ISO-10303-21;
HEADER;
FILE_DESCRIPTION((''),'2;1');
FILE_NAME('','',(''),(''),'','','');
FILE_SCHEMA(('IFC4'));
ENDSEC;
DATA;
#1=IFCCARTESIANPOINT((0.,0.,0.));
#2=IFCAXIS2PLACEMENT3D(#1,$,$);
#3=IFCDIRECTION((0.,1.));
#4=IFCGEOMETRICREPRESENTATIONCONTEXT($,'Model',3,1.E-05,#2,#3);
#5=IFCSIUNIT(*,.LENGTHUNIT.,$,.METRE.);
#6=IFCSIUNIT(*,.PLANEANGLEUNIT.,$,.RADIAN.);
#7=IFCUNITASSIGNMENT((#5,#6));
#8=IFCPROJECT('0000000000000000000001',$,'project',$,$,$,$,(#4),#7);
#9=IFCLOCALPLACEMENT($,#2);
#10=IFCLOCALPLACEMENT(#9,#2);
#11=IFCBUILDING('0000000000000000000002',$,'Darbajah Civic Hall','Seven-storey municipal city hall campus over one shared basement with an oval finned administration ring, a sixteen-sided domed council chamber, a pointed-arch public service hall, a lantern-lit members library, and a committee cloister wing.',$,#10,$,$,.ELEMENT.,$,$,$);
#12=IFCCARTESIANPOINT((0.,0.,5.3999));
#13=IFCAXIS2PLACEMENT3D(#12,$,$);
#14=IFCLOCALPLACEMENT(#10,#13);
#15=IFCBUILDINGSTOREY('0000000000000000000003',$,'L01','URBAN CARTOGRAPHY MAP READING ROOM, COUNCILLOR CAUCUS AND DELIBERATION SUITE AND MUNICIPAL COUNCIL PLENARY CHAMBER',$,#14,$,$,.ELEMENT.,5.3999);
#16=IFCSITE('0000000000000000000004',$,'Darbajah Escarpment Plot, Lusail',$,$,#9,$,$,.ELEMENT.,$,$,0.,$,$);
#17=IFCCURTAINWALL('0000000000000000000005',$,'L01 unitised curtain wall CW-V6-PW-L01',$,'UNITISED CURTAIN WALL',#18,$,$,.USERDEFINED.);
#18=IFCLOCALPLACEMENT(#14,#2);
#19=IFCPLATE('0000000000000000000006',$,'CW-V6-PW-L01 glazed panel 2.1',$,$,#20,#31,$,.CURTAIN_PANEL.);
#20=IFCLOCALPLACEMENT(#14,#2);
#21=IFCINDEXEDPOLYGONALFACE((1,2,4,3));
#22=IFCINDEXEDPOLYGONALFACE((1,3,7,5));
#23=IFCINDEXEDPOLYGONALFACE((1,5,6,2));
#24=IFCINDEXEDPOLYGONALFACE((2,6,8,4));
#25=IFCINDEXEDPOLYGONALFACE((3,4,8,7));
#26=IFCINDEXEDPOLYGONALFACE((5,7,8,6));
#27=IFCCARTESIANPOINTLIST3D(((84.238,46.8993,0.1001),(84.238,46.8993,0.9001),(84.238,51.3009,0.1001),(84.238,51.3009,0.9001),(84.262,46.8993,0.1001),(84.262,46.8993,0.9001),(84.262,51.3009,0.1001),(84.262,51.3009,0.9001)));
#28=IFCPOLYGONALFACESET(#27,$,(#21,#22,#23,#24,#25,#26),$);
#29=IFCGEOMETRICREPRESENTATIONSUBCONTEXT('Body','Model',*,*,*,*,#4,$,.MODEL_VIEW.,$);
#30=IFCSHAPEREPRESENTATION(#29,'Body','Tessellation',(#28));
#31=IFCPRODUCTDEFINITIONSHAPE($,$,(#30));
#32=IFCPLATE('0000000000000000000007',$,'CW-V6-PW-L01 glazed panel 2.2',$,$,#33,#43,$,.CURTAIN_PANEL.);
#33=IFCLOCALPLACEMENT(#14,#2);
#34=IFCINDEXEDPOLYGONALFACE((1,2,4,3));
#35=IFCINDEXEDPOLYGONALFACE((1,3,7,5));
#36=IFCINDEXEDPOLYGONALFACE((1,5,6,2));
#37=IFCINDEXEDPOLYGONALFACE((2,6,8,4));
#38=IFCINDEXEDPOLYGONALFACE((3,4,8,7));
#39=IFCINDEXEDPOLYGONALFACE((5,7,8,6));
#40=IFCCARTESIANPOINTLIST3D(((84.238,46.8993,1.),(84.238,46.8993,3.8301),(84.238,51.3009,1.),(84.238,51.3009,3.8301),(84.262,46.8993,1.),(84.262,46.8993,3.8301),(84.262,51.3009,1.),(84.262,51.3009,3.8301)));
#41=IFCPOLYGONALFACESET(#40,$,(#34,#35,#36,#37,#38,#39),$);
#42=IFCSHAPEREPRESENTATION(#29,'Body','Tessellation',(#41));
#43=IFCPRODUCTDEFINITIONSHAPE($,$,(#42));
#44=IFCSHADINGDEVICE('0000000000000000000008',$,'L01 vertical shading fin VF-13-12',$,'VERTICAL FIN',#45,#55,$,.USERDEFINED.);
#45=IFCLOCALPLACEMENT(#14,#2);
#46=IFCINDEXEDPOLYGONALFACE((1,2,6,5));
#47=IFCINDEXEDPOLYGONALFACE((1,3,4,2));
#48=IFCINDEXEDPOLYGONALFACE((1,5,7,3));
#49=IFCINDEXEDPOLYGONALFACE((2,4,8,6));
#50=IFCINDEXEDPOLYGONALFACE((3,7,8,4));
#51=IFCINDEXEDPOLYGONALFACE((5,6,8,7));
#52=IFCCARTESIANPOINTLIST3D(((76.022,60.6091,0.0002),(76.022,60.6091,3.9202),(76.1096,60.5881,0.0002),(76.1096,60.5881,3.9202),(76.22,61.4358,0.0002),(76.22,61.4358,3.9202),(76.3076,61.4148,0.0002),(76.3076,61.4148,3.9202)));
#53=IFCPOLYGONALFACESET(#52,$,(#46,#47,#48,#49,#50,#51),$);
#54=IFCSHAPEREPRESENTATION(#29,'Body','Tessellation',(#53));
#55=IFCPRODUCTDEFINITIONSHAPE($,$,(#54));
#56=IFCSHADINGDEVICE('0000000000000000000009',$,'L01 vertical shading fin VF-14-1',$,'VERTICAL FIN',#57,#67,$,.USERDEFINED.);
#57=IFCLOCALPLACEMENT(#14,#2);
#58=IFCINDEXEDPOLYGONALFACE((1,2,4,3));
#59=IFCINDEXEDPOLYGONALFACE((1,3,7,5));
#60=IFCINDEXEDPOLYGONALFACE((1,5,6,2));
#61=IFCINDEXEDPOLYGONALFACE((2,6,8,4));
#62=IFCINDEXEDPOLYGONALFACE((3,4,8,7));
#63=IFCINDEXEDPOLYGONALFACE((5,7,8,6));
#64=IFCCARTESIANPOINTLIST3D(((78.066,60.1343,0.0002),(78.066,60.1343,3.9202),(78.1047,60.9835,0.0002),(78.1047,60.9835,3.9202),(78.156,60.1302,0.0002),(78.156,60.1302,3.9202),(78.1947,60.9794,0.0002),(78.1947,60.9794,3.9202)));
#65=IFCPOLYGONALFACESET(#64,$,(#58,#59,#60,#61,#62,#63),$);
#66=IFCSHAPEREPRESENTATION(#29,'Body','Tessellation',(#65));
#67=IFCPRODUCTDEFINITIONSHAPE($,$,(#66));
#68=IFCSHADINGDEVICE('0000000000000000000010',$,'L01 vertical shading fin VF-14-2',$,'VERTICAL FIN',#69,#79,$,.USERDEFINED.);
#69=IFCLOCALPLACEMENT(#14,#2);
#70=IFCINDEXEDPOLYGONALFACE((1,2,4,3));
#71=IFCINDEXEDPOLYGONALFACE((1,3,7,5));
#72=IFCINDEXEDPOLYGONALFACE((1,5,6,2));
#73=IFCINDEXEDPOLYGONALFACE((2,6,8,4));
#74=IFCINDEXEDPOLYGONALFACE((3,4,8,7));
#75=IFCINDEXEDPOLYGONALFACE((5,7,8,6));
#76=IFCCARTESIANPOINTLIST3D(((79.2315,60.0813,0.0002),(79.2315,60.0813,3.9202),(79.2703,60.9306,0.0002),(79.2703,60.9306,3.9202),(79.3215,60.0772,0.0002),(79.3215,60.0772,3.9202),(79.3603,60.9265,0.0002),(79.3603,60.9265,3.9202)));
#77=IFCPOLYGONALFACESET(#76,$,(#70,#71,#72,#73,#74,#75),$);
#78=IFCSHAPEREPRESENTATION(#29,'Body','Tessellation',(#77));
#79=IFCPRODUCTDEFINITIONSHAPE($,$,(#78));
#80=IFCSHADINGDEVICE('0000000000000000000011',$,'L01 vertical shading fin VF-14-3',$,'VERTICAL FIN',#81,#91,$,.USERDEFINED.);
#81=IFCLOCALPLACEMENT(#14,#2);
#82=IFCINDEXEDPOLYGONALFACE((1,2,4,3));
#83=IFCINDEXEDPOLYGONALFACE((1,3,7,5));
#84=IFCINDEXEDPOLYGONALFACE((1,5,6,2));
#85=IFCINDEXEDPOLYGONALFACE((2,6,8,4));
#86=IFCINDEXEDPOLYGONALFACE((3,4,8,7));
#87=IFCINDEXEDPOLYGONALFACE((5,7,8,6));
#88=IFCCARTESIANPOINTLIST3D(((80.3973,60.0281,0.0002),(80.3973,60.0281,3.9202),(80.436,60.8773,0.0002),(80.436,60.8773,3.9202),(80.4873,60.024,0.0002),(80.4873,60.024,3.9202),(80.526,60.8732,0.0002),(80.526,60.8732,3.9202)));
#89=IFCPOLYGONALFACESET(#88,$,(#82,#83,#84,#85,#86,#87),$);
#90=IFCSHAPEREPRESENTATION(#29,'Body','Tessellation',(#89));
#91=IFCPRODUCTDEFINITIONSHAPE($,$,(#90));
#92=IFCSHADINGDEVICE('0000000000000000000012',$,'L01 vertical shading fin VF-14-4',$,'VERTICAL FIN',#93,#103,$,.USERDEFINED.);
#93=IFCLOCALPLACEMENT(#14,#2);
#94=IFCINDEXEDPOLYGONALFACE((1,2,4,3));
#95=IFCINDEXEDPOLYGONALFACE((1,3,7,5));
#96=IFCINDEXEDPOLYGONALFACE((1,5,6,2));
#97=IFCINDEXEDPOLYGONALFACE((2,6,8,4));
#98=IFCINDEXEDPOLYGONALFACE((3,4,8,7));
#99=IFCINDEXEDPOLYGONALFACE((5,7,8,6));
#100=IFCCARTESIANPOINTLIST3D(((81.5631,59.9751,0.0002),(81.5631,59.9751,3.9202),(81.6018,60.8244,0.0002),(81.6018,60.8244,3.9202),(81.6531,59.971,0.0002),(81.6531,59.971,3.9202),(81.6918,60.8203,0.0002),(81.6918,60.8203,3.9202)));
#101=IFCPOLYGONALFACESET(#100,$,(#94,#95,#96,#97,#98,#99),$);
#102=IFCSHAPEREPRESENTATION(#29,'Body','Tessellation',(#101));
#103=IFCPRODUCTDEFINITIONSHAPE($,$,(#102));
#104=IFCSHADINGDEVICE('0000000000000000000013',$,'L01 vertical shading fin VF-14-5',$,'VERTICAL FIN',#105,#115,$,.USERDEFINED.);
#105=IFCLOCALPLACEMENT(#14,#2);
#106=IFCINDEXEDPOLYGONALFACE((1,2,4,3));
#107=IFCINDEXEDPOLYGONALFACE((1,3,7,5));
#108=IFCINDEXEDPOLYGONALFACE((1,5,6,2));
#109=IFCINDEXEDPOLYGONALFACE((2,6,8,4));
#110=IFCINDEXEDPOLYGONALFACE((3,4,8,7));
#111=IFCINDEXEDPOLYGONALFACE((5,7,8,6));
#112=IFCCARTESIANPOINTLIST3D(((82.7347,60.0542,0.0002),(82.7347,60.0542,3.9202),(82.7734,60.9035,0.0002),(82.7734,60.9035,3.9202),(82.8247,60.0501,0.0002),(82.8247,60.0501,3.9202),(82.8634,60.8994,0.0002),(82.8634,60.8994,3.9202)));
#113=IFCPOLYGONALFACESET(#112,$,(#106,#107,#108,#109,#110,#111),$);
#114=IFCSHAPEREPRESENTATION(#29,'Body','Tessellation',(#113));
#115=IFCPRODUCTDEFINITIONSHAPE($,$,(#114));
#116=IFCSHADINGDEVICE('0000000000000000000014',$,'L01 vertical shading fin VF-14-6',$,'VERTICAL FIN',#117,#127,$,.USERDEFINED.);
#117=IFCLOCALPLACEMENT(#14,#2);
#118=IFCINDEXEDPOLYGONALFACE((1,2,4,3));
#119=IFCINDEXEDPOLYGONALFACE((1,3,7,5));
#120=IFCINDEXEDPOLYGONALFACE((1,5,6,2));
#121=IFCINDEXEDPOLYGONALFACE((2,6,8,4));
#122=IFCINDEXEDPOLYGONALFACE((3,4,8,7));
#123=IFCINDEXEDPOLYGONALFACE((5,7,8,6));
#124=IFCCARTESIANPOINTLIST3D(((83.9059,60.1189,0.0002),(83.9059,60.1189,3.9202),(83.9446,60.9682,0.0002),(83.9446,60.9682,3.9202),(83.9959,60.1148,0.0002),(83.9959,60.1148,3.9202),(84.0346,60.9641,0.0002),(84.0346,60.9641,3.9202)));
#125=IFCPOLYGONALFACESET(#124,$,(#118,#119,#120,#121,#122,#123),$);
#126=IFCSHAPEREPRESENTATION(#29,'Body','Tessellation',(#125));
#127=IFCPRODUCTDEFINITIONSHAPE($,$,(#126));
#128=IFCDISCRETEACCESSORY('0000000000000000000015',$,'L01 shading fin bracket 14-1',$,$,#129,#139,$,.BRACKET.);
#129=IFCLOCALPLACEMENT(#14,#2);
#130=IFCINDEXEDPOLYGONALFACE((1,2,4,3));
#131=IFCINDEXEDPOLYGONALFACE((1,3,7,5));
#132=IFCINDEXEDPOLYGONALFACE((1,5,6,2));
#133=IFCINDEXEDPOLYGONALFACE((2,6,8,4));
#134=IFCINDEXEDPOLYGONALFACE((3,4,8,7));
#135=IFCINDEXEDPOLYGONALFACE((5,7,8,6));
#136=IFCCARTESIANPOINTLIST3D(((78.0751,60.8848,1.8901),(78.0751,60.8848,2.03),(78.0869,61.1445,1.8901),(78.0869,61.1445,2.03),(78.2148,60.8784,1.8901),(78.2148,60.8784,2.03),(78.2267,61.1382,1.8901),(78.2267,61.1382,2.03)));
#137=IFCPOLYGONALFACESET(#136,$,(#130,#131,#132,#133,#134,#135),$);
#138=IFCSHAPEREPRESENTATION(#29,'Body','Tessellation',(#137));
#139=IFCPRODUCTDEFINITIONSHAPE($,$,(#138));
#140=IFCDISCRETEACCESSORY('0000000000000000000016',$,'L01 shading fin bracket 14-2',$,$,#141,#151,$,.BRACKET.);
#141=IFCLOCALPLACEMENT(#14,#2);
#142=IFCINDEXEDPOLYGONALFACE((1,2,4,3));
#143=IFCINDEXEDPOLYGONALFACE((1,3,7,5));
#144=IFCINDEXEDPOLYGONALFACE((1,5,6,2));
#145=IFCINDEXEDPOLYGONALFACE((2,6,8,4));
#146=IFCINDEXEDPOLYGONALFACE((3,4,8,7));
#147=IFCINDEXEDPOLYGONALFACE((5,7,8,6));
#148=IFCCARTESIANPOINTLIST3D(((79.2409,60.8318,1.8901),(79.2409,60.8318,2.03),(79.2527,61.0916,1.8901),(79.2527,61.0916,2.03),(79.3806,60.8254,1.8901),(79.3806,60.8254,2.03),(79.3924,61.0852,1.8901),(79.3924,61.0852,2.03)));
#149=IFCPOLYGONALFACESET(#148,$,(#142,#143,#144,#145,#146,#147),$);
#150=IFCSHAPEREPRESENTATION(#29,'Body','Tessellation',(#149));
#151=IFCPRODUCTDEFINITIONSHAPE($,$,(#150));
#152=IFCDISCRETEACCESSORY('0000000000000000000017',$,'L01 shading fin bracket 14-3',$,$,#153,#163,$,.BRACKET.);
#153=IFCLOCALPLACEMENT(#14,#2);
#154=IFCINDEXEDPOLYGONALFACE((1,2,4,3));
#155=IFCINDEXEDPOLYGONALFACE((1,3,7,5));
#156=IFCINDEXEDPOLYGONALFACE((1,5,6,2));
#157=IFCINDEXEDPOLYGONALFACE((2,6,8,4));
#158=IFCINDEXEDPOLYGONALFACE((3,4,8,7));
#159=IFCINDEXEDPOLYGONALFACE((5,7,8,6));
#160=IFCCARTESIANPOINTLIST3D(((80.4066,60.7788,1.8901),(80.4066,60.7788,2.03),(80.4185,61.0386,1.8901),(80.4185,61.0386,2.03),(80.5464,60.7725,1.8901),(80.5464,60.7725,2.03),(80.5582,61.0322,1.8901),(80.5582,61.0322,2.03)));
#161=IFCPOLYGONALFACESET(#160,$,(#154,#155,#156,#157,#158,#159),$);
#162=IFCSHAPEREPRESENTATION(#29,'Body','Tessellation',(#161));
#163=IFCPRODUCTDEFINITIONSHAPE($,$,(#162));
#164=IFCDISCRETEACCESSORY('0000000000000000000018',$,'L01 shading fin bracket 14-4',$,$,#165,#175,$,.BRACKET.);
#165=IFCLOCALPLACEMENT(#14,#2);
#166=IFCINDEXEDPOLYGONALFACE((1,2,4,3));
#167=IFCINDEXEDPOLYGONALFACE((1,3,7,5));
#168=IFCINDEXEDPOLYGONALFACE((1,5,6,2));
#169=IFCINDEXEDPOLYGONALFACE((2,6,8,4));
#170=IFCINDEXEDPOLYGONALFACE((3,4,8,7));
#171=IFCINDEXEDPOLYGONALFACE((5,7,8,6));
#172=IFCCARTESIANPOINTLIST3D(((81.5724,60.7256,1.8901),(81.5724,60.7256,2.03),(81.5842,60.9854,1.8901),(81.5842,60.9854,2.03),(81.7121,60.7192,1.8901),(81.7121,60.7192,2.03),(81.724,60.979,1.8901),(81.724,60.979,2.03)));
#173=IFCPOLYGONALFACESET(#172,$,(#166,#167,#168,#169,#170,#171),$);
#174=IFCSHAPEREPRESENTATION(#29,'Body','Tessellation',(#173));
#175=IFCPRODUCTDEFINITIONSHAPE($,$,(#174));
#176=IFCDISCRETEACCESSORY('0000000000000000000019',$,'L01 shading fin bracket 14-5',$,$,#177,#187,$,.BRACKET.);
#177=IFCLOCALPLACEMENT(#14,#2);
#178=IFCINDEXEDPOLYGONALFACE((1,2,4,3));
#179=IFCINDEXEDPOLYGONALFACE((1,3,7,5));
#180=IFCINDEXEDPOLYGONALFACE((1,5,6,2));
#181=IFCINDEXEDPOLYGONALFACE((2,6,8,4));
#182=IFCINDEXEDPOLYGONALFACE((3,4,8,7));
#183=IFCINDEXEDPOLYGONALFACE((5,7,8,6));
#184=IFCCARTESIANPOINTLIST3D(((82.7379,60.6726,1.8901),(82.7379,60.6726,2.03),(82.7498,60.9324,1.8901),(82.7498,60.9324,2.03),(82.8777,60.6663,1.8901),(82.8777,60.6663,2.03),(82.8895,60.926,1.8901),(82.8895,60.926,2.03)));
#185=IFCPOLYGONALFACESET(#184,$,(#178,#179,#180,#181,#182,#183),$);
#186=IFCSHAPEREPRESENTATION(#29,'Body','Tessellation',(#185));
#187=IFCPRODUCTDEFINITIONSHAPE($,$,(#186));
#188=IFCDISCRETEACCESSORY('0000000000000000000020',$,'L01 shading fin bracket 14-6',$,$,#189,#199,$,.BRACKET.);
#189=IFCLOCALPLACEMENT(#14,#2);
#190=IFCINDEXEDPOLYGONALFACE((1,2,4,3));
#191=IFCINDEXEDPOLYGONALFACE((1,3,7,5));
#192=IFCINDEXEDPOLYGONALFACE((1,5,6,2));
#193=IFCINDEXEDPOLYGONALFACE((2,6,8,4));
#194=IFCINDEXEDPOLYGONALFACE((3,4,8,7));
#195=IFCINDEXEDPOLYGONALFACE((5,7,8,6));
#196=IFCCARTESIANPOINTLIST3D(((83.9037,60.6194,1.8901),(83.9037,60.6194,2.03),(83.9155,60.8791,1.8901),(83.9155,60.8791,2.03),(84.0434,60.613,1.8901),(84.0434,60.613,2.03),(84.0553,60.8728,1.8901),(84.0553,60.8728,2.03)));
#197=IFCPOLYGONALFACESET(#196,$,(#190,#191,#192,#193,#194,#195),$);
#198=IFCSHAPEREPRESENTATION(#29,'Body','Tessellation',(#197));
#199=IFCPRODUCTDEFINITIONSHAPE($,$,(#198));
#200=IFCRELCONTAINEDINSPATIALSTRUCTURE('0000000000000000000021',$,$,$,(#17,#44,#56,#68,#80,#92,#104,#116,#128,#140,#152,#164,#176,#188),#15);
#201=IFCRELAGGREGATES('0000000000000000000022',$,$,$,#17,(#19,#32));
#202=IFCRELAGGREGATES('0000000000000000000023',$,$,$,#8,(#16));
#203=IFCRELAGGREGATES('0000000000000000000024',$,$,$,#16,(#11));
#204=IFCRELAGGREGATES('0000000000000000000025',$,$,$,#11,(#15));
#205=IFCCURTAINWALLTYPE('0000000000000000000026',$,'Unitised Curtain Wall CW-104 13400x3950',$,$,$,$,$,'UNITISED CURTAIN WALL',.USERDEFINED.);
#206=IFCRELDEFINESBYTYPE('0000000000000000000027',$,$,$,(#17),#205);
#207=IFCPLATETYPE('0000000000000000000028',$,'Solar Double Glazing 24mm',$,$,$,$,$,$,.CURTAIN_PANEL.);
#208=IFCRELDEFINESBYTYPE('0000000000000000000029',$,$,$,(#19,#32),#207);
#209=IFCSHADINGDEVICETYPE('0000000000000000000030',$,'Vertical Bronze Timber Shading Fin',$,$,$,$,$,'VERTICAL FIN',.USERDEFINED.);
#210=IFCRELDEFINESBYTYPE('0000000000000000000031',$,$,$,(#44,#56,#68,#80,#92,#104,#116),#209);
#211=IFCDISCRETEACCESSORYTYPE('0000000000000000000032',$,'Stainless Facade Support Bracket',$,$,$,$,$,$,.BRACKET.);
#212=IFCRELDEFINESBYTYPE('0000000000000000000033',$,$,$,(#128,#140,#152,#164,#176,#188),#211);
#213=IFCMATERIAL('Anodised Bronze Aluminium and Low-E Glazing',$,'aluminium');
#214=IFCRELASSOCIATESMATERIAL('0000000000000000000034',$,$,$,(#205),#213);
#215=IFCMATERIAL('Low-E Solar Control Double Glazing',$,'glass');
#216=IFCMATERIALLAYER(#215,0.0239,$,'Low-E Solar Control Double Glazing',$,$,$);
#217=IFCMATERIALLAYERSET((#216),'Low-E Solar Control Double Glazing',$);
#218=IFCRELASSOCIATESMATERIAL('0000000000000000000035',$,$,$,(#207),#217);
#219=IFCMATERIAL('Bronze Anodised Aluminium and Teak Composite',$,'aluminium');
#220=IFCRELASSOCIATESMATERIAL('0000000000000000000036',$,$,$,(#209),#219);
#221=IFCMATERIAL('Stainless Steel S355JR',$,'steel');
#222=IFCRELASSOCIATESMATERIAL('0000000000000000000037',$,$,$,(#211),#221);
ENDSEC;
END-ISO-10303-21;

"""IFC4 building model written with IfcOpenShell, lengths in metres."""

from ifc_helpers import new_model, si_unit, direction, frame, origin, origin_2d, place, context, subcontext, project, spatial, rectangle, extrude, material, layer, layer_set, type_object, element, aggregate, save


model = new_model("IFC4")

# Units and contexts
model_context = context("Model", 3, precision=1e-05, world=origin(), true_north=direction((0.0, 1.0)))
body_context = subcontext(model_context, "Body", "Model", "MODEL_VIEW")
ifc_project = project(units=[si_unit("LENGTHUNIT", "METRE"), si_unit("PLANEANGLEUNIT", "RADIAN")], contexts=[model_context])

# Site, building, storey
site_placement = place(None, origin())
site = spatial("IfcSite", under=ifc_project, at=site_placement, Name="Darbajah Escarpment Plot, Lusail", CompositionType="ELEMENT", RefElevation=0.0)
building_placement = place(site_placement, origin())
building = spatial("IfcBuilding", under=site, at=building_placement, Name="Darbajah Civic Hall", Description="Seven-storey municipal city hall campus over one shared basement with an oval finned administration ring, a sixteen-sided domed council chamber, a pointed-arch public service hall, a lantern-lit members library, and a committee cloister wing.", CompositionType="ELEMENT")
storey_placement = place(building_placement, frame((0.0, 0.0, 5.3999)))
storey = spatial("IfcBuildingStorey", under=building, at=storey_placement, Name="L01", Description="URBAN CARTOGRAPHY MAP READING ROOM, COUNCILLOR CAUCUS AND DELIBERATION SUITE AND MUNICIPAL COUNCIL PLENARY CHAMBER", CompositionType="ELEMENT", Elevation=5.3999)

# Shared definitions
ifc_material_1 = material(Name="Anodised Bronze Aluminium and Low-E Glazing", Category="aluminium")

# Curtain wall
curtain_wall_type_1 = type_object("IfcCurtainWallType", Name="Unitised Curtain Wall CW-104 13400x3950", ElementType="UNITISED CURTAIN WALL", PredefinedType="USERDEFINED", material=ifc_material_1)
curtain_wall_1_placement = place(storey_placement, origin())
curtain_wall_1 = element("IfcCurtainWall", 1, at=curtain_wall_1_placement, inside=storey, type_object=curtain_wall_type_1, Name="L01 unitised curtain wall CW-V6-PW-L01", ObjectType="UNITISED CURTAIN WALL", PredefinedType="USERDEFINED")

# Plates
ifc_material_2 = material(Name="Low-E Solar Control Double Glazing", Category="glass")
ifc_layer = layer(ifc_material_2, 0.0239, Name="Low-E Solar Control Double Glazing")
ifc_layer_set = layer_set([ifc_layer], Name="Low-E Solar Control Double Glazing")
plate_type = type_object("IfcPlateType", Name="Solar Double Glazing 24mm", PredefinedType="CURTAIN_PANEL", material=ifc_layer_set)
plate_1_placement = place(storey_placement, frame((84.25, 49.1001, 0.1001), z_axis=(0.0, 0.0, 1.0), x_axis=(0.0, 1.0, 0.0)))
plate_1 = element("IfcPlate", 2, at=plate_1_placement, type_object=plate_type, Name="CW-V6-PW-L01 glazed panel 2.1", PredefinedType="CURTAIN_PANEL", context=body_context, shape_type="SweptSolid", body=[
    extrude(rectangle(XDim=4.4016, YDim=0.0239, at=origin_2d()), origin(), (0.0, 0.0, 1.0), 0.8),
])
plate_2_placement = place(storey_placement, frame((84.25, 49.1001, 1.0), z_axis=(0.0, 0.0, 1.0), x_axis=(0.0, 1.0, 0.0)))
plate_2 = element("IfcPlate", 3, at=plate_2_placement, type_object=plate_type, Name="CW-V6-PW-L01 glazed panel 2.2", PredefinedType="CURTAIN_PANEL", context=body_context, shape_type="SweptSolid", body=[
    extrude(rectangle(XDim=4.4016, YDim=0.0239, at=origin_2d()), origin(), (0.0, 0.0, 1.0), 2.8301),
])
aggregate(curtain_wall_1, [plate_1, plate_2])

# Shading devices
ifc_material_3 = material(Name="Bronze Anodised Aluminium and Teak Composite", Category="aluminium")
shading_device_type = type_object("IfcShadingDeviceType", Name="Vertical Bronze Timber Shading Fin", ElementType="VERTICAL FIN", PredefinedType="USERDEFINED", material=ifc_material_3)
for number, where, z_axis, x_axis, name in (
    (4, (76.1648, 61.012, 0.0002), (0.0, 0.0, 1.0), (-0.232936, -0.972492, 0.0), "L01 vertical shading fin VF-13-12"),
    (5, (78.1304, 60.5569, 0.0002), (0.0, 0.0, 1.0), (-0.045537, -0.998963, 0.0), "L01 vertical shading fin VF-14-1"),
    (6, (79.2959, 60.5039, 0.0002), (0.0, 0.0, 1.0), (-0.045537, -0.998963, 0.0), "L01 vertical shading fin VF-14-2"),
    (7, (80.4617, 60.4507, 0.0002), (0.0, 0.0, 1.0), (-0.045537, -0.998963, 0.0), "L01 vertical shading fin VF-14-3"),
    (8, (81.6274, 60.3977, 0.0002), (0.0, 0.0, 1.0), (-0.045537, -0.998963, 0.0), "L01 vertical shading fin VF-14-4"),
    (9, (82.7991, 60.4768, 0.0002), (0.0, 0.0, 1.0), (-0.045537, -0.998963, 0.0), "L01 vertical shading fin VF-14-5"),
    (10, (83.9702, 60.5415, 0.0002), (0.0, 0.0, 1.0), (-0.045537, -0.998963, 0.0), "L01 vertical shading fin VF-14-6"),
):
    element("IfcShadingDevice", number, at=place(storey_placement, frame(where, z_axis=z_axis, x_axis=x_axis)), inside=storey, type_object=shading_device_type, Name=name, ObjectType="VERTICAL FIN", PredefinedType="USERDEFINED", context=body_context, shape_type="SweptSolid", body=[
        extrude(rectangle(XDim=0.8501, YDim=0.0901, at=origin_2d()), origin(), (0.0, 0.0, 1.0), 3.9199),
    ])

# Discrete accessories
ifc_material_4 = material(Name="Stainless Steel S355JR", Category="steel")
discrete_accessory_type = type_object("IfcDiscreteAccessoryType", Name="Stainless Facade Support Bracket", PredefinedType="BRACKET", material=ifc_material_4)
for number, where, z_axis, x_axis, name in (
    (11, (78.1509, 61.0115, 1.8901), (0.0, 0.0, 1.0), (-0.045537, -0.998963, 0.0), "L01 shading fin bracket 14-1"),
    (12, (79.3167, 60.9585, 1.8901), (0.0, 0.0, 1.0), (-0.045537, -0.998963, 0.0), "L01 shading fin bracket 14-2"),
    (13, (80.4824, 60.9055, 1.8901), (0.0, 0.0, 1.0), (-0.045537, -0.998963, 0.0), "L01 shading fin bracket 14-3"),
    (14, (81.6482, 60.8523, 1.8901), (0.0, 0.0, 1.0), (-0.045537, -0.998963, 0.0), "L01 shading fin bracket 14-4"),
    (15, (82.8137, 60.7993, 1.8901), (0.0, 0.0, 1.0), (-0.045537, -0.998963, 0.0), "L01 shading fin bracket 14-5"),
    (16, (83.9795, 60.7461, 1.8901), (0.0, 0.0, 1.0), (-0.045537, -0.998963, 0.0), "L01 shading fin bracket 14-6"),
):
    element("IfcDiscreteAccessory", number, at=place(storey_placement, frame(where, z_axis=z_axis, x_axis=x_axis)), inside=storey, type_object=discrete_accessory_type, Name=name, PredefinedType="BRACKET", context=body_context, shape_type="SweptSolid", body=[
        extrude(rectangle(XDim=0.26, YDim=0.1399, at=origin_2d()), origin(), (0.0, 0.0, 1.0), 0.1399),
    ])

save(model, "model.ifc")
